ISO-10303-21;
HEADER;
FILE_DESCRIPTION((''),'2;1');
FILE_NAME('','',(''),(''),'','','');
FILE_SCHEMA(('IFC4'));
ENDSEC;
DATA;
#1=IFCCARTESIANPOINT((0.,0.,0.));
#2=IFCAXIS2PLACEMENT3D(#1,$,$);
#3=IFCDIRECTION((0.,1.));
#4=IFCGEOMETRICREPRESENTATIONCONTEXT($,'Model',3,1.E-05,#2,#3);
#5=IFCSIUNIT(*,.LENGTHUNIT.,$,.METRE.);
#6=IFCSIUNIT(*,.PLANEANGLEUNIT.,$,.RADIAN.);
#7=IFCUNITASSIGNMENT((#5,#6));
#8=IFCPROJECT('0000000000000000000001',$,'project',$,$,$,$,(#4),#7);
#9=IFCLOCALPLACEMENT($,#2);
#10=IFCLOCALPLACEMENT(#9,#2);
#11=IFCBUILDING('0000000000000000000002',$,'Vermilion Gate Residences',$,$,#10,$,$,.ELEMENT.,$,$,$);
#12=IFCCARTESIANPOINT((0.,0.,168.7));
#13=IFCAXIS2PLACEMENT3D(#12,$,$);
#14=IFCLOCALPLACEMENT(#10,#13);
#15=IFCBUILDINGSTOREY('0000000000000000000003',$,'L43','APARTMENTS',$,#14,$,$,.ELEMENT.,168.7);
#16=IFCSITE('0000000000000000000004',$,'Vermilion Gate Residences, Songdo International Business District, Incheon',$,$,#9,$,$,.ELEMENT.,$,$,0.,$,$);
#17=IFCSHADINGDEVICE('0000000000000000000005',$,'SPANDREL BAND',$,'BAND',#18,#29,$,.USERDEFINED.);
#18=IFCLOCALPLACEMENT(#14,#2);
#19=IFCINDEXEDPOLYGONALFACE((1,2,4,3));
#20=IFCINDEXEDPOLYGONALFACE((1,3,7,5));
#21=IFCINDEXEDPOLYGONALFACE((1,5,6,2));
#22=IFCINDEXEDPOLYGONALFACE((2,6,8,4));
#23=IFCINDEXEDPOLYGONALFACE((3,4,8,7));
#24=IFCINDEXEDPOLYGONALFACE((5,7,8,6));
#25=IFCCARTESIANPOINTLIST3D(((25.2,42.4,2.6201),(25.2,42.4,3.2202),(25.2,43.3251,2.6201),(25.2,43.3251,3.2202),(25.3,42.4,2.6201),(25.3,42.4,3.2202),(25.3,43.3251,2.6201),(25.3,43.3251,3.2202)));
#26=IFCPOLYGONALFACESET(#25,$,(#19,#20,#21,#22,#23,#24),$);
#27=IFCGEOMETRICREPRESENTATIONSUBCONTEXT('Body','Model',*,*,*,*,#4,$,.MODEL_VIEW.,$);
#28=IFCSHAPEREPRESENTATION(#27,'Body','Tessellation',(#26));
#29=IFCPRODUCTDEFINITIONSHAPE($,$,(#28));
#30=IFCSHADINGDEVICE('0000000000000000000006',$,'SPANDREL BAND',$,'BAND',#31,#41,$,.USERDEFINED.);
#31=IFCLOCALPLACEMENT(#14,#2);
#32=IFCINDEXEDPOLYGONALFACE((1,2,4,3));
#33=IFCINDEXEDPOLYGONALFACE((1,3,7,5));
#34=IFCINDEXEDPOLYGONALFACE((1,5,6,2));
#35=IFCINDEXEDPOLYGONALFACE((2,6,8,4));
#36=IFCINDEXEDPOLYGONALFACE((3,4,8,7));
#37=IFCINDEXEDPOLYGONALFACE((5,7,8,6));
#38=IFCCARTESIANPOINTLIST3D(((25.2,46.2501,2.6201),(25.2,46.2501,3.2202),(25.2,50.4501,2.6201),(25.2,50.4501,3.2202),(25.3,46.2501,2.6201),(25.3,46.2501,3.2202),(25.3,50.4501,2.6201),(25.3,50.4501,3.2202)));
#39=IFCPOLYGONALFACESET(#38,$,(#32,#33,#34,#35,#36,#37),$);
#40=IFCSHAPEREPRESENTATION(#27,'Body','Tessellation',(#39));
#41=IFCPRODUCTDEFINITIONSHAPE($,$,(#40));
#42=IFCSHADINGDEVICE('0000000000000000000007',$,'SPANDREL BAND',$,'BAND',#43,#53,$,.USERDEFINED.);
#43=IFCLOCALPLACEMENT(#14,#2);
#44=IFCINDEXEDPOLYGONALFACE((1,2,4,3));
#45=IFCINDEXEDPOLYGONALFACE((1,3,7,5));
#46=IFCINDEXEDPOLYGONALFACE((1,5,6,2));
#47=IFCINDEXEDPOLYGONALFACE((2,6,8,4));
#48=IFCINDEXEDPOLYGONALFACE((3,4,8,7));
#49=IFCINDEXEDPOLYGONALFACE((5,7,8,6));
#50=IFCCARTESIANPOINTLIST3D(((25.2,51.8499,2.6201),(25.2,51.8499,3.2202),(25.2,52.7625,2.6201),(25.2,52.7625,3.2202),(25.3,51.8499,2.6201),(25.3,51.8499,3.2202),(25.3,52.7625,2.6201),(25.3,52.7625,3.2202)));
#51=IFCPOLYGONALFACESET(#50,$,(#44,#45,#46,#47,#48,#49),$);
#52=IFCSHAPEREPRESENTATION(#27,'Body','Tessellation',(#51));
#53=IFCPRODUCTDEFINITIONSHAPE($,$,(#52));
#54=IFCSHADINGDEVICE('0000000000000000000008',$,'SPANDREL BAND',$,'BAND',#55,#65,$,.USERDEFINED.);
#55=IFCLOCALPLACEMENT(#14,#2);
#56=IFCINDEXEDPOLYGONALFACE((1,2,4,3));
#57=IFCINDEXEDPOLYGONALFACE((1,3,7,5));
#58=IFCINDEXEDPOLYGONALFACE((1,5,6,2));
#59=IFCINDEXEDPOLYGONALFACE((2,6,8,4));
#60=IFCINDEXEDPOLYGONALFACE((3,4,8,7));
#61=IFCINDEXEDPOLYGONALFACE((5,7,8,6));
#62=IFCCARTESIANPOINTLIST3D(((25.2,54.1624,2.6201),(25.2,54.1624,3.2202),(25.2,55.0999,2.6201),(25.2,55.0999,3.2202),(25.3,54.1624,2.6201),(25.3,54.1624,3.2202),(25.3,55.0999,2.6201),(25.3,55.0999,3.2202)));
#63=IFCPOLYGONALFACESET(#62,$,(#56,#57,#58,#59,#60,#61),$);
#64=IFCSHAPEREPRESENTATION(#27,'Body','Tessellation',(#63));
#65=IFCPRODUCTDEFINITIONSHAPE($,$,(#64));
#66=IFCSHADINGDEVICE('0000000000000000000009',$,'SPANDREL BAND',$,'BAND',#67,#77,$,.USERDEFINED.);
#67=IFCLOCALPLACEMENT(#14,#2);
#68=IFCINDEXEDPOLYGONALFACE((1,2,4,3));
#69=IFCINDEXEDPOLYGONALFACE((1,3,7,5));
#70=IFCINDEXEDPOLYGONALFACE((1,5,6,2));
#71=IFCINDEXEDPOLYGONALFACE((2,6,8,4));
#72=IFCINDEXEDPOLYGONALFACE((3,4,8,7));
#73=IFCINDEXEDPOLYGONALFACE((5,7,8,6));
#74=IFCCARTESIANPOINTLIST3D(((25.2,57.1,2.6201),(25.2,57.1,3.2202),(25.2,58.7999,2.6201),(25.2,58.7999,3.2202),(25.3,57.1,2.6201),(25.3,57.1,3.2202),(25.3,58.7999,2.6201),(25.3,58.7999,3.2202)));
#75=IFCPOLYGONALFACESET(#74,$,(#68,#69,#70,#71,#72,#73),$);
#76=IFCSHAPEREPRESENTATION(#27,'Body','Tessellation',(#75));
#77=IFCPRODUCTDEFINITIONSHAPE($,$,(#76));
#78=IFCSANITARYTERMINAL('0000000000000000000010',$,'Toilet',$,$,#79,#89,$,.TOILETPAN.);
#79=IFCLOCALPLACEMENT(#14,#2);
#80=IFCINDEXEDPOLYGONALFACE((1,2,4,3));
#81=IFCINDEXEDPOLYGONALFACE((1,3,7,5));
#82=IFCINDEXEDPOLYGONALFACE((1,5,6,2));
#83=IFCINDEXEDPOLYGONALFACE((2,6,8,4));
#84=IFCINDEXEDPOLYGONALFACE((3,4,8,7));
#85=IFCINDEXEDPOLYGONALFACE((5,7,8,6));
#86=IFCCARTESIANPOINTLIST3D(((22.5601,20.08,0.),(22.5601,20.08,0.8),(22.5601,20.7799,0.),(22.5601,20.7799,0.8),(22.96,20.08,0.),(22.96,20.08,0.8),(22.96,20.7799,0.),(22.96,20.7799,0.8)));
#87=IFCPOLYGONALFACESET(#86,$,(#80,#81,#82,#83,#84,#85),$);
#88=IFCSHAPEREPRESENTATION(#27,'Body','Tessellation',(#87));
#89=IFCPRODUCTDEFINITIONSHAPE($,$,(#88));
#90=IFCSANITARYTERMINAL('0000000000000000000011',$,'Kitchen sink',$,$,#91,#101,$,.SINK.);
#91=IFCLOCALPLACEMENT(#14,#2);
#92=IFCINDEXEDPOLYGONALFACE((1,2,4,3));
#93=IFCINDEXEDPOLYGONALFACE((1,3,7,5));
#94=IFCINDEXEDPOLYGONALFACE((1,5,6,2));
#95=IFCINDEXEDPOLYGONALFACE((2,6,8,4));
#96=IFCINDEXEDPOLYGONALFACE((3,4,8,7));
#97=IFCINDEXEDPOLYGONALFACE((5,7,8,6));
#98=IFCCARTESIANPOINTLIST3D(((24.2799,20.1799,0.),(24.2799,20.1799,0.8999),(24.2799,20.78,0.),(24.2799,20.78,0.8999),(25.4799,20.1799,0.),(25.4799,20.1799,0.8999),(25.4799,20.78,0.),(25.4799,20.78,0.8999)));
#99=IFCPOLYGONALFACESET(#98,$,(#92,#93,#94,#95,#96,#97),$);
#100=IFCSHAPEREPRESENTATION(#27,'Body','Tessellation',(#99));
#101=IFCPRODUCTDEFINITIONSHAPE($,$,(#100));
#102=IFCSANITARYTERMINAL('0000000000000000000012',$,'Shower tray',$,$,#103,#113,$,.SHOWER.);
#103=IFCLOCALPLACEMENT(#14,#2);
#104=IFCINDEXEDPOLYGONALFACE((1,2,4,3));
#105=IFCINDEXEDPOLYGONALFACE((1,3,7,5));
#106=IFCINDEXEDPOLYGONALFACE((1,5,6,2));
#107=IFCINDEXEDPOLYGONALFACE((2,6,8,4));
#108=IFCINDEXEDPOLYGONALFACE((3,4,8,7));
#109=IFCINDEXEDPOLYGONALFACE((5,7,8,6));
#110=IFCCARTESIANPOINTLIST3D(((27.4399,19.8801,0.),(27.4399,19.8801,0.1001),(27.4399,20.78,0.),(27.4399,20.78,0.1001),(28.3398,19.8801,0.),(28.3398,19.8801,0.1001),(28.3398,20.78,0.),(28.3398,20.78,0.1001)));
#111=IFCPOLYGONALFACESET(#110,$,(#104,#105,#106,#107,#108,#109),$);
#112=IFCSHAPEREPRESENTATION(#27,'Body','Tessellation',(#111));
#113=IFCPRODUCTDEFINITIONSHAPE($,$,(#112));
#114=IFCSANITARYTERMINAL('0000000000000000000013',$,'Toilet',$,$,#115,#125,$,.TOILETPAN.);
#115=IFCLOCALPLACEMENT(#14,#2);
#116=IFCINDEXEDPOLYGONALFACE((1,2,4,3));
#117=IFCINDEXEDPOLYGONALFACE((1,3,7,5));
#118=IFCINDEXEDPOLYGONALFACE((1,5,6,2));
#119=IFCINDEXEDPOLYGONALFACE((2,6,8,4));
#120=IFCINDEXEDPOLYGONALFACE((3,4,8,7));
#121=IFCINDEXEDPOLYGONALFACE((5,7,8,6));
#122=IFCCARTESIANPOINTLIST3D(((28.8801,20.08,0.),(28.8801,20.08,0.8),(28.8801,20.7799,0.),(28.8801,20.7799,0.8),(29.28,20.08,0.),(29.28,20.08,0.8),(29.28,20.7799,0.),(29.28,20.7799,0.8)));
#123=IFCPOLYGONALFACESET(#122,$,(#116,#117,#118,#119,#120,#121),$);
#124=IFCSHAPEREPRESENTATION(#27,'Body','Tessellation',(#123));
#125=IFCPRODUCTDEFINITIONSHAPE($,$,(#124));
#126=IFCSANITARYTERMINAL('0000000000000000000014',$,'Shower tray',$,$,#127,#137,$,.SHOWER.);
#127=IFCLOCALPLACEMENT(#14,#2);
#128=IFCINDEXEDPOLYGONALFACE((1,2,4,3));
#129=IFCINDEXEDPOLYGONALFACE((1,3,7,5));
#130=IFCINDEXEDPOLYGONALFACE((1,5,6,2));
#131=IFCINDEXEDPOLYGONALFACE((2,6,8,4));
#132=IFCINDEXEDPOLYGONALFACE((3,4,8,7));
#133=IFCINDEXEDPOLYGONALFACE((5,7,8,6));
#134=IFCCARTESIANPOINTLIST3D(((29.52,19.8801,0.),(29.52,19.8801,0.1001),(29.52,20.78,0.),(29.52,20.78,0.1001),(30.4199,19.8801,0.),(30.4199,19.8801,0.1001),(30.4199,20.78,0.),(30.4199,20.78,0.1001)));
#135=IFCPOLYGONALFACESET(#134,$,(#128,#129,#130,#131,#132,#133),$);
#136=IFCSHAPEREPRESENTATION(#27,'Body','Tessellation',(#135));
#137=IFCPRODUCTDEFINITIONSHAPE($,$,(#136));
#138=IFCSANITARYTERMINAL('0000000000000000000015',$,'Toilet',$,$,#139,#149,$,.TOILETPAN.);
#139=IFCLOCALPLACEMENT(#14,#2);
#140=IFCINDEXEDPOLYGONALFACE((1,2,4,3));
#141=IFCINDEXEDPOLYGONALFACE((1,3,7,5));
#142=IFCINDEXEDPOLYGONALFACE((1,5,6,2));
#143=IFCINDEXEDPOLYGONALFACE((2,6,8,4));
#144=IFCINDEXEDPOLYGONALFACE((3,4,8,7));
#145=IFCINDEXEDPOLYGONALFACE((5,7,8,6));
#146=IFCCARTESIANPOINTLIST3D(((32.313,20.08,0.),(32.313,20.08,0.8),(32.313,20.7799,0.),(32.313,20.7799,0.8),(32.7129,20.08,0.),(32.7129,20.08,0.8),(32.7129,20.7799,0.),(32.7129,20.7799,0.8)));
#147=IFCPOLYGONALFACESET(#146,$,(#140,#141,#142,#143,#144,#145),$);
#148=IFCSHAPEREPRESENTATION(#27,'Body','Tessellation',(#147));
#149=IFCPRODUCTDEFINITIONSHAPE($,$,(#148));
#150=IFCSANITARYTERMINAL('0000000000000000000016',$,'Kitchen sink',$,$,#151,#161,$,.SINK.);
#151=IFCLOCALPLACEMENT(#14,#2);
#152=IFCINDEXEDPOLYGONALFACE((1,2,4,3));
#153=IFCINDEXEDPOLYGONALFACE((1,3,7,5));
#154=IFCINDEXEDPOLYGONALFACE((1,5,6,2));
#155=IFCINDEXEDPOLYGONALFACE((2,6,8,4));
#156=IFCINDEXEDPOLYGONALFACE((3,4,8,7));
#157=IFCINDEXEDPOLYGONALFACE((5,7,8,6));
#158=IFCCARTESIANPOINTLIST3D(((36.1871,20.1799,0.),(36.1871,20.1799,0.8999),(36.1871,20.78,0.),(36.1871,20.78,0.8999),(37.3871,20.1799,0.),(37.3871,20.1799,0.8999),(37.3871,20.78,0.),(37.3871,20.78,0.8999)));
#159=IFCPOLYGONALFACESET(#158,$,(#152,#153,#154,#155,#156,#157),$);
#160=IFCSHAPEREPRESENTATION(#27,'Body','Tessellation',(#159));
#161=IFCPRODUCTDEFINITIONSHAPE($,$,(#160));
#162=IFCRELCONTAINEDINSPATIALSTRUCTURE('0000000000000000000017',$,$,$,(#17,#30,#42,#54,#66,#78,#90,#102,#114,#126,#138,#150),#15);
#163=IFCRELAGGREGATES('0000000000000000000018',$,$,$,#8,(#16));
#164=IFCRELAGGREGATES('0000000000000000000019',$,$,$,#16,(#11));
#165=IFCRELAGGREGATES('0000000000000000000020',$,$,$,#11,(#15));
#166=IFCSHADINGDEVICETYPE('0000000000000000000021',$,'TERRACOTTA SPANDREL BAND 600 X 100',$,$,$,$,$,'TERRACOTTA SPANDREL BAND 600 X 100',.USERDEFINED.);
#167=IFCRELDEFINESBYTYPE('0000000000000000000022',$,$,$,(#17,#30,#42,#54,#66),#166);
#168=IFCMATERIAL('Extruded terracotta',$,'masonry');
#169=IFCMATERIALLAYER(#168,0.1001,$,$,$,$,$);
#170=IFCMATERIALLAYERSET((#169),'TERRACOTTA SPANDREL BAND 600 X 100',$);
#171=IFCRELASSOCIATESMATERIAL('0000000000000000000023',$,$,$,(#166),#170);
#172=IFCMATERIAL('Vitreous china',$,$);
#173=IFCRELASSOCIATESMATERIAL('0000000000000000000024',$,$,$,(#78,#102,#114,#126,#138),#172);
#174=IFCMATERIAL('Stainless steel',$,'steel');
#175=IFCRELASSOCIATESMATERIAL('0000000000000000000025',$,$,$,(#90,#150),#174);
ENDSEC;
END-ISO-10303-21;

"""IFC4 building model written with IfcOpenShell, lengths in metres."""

from ifc_helpers import new_model, si_unit, direction, frame, origin, origin_2d, place, context, subcontext, project, spatial, rectangle, extrude, material, layer, layer_set, type_object, element, save


model = new_model("IFC4")

# Units and contexts
model_context = context("Model", 3, precision=1e-05, world=origin(), true_north=direction((0.0, 1.0)))
body_context = subcontext(model_context, "Body", "Model", "MODEL_VIEW")
ifc_project = project(units=[si_unit("LENGTHUNIT", "METRE"), si_unit("PLANEANGLEUNIT", "RADIAN")], contexts=[model_context])

# Site, building, storey
site_placement = place(None, origin())
site = spatial("IfcSite", under=ifc_project, at=site_placement, Name="Vermilion Gate Residences, Songdo International Business District, Incheon", CompositionType="ELEMENT", RefElevation=0.0)
building_placement = place(site_placement, origin())
building = spatial("IfcBuilding", under=site, at=building_placement, Name="Vermilion Gate Residences", CompositionType="ELEMENT")
storey_placement = place(building_placement, frame((0.0, 0.0, 168.7)))
storey = spatial("IfcBuildingStorey", under=building, at=storey_placement, Name="L43", Description="APARTMENTS", CompositionType="ELEMENT", Elevation=168.7)

# Shading devices
ifc_material_1 = material(Name="Extruded terracotta", Category="masonry")
ifc_layer_1 = layer(ifc_material_1, 0.1001)
ifc_layer_set_1 = layer_set([ifc_layer_1], Name="TERRACOTTA SPANDREL BAND 600 X 100")
shading_device_type_1 = type_object("IfcShadingDeviceType", Name="TERRACOTTA SPANDREL BAND 600 X 100", ElementType="TERRACOTTA SPANDREL BAND 600 X 100", PredefinedType="USERDEFINED", material=ifc_layer_set_1)
shading_device_1_placement = place(storey_placement, frame((25.25, 42.8625, 2.6201), z_axis=(0.0, 0.0, 1.0), x_axis=(0.0, 1.0, 0.0)))
element("IfcShadingDevice", 1, at=shading_device_1_placement, inside=storey, type_object=shading_device_type_1, Name="SPANDREL BAND", ObjectType="BAND", PredefinedType="USERDEFINED", context=body_context, shape_type="SweptSolid", body=[
    extrude(rectangle(XDim=0.925, YDim=0.1001, at=origin_2d()), origin(), (0.0, 0.0, 1.0), 0.6001),
])
shading_device_2_placement = place(storey_placement, frame((25.25, 48.3501, 2.6201), z_axis=(0.0, 0.0, 1.0), x_axis=(0.0, 1.0, 0.0)))
element("IfcShadingDevice", 2, at=shading_device_2_placement, inside=storey, type_object=shading_device_type_1, Name="SPANDREL BAND", ObjectType="BAND", PredefinedType="USERDEFINED", context=body_context, shape_type="SweptSolid", body=[
    extrude(rectangle(XDim=4.2, YDim=0.1001, at=origin_2d()), origin(), (0.0, 0.0, 1.0), 0.6001),
])
shading_device_3_placement = place(storey_placement, frame((25.25, 52.3062, 2.6201), z_axis=(0.0, 0.0, 1.0), x_axis=(0.0, 1.0, 0.0)))
element("IfcShadingDevice", 3, at=shading_device_3_placement, inside=storey, type_object=shading_device_type_1, Name="SPANDREL BAND", ObjectType="BAND", PredefinedType="USERDEFINED", context=body_context, shape_type="SweptSolid", body=[
    extrude(rectangle(XDim=0.9126, YDim=0.1001, at=origin_2d()), origin(), (0.0, 0.0, 1.0), 0.6001),
])
shading_device_4_placement = place(storey_placement, frame((25.25, 54.6311, 2.6201), z_axis=(0.0, 0.0, 1.0), x_axis=(0.0, 1.0, 0.0)))
element("IfcShadingDevice", 4, at=shading_device_4_placement, inside=storey, type_object=shading_device_type_1, Name="SPANDREL BAND", ObjectType="BAND", PredefinedType="USERDEFINED", context=body_context, shape_type="SweptSolid", body=[
    extrude(rectangle(XDim=0.9375, YDim=0.1001, at=origin_2d()), origin(), (0.0, 0.0, 1.0), 0.6001),
])
shading_device_5_placement = place(storey_placement, frame((25.25, 57.95, 2.6201), z_axis=(0.0, 0.0, 1.0), x_axis=(0.0, 1.0, 0.0)))
element("IfcShadingDevice", 5, at=shading_device_5_placement, inside=storey, type_object=shading_device_type_1, Name="SPANDREL BAND", ObjectType="BAND", PredefinedType="USERDEFINED", context=body_context, shape_type="SweptSolid", body=[
    extrude(rectangle(XDim=1.7, YDim=0.1001, at=origin_2d()), origin(), (0.0, 0.0, 1.0), 0.6001),
])

# Sanitary terminals
ifc_material_2 = material(Name="Vitreous china")
sanitary_terminal_1_placement = place(storey_placement, frame((22.76, 20.4299, 0.0), z_axis=(0.0, 0.0, 1.0), x_axis=(1.0, 0.0, 0.0)))
element("IfcSanitaryTerminal", 6, at=sanitary_terminal_1_placement, inside=storey, material=ifc_material_2, Name="Toilet", PredefinedType="TOILETPAN", context=body_context, shape_type="SweptSolid", body=[
    extrude(rectangle(XDim=0.3999, YDim=0.7, at=origin_2d()), origin(), (0.0, 0.0, 1.0), 0.8),
])
ifc_material_3 = material(Name="Stainless steel", Category="steel")
sanitary_terminal_2_placement = place(storey_placement, frame((24.8799, 20.48, 0.0), z_axis=(0.0, 0.0, 1.0), x_axis=(1.0, 0.0, 0.0)))
element("IfcSanitaryTerminal", 7, at=sanitary_terminal_2_placement, inside=storey, material=ifc_material_3, Name="Kitchen sink", PredefinedType="SINK", context=body_context, shape_type="SweptSolid", body=[
    extrude(rectangle(XDim=1.2, YDim=0.6001, at=origin_2d()), origin(), (0.0, 0.0, 1.0), 0.8999),
])
sanitary_terminal_3_placement = place(storey_placement, frame((27.8899, 20.3301, 0.0), z_axis=(0.0, 0.0, 1.0), x_axis=(1.0, 0.0, 0.0)))
element("IfcSanitaryTerminal", 8, at=sanitary_terminal_3_placement, inside=storey, material=ifc_material_2, Name="Shower tray", PredefinedType="SHOWER", context=body_context, shape_type="SweptSolid", body=[
    extrude(rectangle(XDim=0.8999, YDim=0.8999, at=origin_2d()), origin(), (0.0, 0.0, 1.0), 0.1001),
])
sanitary_terminal_4_placement = place(storey_placement, frame((29.0801, 20.4299, 0.0), z_axis=(0.0, 0.0, 1.0), x_axis=(1.0, 0.0, 0.0)))
element("IfcSanitaryTerminal", 9, at=sanitary_terminal_4_placement, inside=storey, material=ifc_material_2, Name="Toilet", PredefinedType="TOILETPAN", context=body_context, shape_type="SweptSolid", body=[
    extrude(rectangle(XDim=0.3999, YDim=0.7, at=origin_2d()), origin(), (0.0, 0.0, 1.0), 0.8),
])
sanitary_terminal_5_placement = place(storey_placement, frame((29.97, 20.3301, 0.0), z_axis=(0.0, 0.0, 1.0), x_axis=(1.0, 0.0, 0.0)))
element("IfcSanitaryTerminal", 10, at=sanitary_terminal_5_placement, inside=storey, material=ifc_material_2, Name="Shower tray", PredefinedType="SHOWER", context=body_context, shape_type="SweptSolid", body=[
    extrude(rectangle(XDim=0.8999, YDim=0.8999, at=origin_2d()), origin(), (0.0, 0.0, 1.0), 0.1001),
])
sanitary_terminal_6_placement = place(storey_placement, frame((32.5129, 20.4299, 0.0), z_axis=(0.0, 0.0, 1.0), x_axis=(1.0, 0.0, 0.0)))
element("IfcSanitaryTerminal", 11, at=sanitary_terminal_6_placement, inside=storey, material=ifc_material_2, Name="Toilet", PredefinedType="TOILETPAN", context=body_context, shape_type="SweptSolid", body=[
    extrude(rectangle(XDim=0.3999, YDim=0.7, at=origin_2d()), origin(), (0.0, 0.0, 1.0), 0.8),
])
sanitary_terminal_7_placement = place(storey_placement, frame((36.7871, 20.48, 0.0), z_axis=(0.0, 0.0, 1.0), x_axis=(1.0, 0.0, 0.0)))
element("IfcSanitaryTerminal", 12, at=sanitary_terminal_7_placement, inside=storey, material=ifc_material_3, Name="Kitchen sink", PredefinedType="SINK", context=body_context, shape_type="SweptSolid", body=[
    extrude(rectangle(XDim=1.2, YDim=0.6001, at=origin_2d()), origin(), (0.0, 0.0, 1.0), 0.8999),
])

save(model, "model.ifc")
